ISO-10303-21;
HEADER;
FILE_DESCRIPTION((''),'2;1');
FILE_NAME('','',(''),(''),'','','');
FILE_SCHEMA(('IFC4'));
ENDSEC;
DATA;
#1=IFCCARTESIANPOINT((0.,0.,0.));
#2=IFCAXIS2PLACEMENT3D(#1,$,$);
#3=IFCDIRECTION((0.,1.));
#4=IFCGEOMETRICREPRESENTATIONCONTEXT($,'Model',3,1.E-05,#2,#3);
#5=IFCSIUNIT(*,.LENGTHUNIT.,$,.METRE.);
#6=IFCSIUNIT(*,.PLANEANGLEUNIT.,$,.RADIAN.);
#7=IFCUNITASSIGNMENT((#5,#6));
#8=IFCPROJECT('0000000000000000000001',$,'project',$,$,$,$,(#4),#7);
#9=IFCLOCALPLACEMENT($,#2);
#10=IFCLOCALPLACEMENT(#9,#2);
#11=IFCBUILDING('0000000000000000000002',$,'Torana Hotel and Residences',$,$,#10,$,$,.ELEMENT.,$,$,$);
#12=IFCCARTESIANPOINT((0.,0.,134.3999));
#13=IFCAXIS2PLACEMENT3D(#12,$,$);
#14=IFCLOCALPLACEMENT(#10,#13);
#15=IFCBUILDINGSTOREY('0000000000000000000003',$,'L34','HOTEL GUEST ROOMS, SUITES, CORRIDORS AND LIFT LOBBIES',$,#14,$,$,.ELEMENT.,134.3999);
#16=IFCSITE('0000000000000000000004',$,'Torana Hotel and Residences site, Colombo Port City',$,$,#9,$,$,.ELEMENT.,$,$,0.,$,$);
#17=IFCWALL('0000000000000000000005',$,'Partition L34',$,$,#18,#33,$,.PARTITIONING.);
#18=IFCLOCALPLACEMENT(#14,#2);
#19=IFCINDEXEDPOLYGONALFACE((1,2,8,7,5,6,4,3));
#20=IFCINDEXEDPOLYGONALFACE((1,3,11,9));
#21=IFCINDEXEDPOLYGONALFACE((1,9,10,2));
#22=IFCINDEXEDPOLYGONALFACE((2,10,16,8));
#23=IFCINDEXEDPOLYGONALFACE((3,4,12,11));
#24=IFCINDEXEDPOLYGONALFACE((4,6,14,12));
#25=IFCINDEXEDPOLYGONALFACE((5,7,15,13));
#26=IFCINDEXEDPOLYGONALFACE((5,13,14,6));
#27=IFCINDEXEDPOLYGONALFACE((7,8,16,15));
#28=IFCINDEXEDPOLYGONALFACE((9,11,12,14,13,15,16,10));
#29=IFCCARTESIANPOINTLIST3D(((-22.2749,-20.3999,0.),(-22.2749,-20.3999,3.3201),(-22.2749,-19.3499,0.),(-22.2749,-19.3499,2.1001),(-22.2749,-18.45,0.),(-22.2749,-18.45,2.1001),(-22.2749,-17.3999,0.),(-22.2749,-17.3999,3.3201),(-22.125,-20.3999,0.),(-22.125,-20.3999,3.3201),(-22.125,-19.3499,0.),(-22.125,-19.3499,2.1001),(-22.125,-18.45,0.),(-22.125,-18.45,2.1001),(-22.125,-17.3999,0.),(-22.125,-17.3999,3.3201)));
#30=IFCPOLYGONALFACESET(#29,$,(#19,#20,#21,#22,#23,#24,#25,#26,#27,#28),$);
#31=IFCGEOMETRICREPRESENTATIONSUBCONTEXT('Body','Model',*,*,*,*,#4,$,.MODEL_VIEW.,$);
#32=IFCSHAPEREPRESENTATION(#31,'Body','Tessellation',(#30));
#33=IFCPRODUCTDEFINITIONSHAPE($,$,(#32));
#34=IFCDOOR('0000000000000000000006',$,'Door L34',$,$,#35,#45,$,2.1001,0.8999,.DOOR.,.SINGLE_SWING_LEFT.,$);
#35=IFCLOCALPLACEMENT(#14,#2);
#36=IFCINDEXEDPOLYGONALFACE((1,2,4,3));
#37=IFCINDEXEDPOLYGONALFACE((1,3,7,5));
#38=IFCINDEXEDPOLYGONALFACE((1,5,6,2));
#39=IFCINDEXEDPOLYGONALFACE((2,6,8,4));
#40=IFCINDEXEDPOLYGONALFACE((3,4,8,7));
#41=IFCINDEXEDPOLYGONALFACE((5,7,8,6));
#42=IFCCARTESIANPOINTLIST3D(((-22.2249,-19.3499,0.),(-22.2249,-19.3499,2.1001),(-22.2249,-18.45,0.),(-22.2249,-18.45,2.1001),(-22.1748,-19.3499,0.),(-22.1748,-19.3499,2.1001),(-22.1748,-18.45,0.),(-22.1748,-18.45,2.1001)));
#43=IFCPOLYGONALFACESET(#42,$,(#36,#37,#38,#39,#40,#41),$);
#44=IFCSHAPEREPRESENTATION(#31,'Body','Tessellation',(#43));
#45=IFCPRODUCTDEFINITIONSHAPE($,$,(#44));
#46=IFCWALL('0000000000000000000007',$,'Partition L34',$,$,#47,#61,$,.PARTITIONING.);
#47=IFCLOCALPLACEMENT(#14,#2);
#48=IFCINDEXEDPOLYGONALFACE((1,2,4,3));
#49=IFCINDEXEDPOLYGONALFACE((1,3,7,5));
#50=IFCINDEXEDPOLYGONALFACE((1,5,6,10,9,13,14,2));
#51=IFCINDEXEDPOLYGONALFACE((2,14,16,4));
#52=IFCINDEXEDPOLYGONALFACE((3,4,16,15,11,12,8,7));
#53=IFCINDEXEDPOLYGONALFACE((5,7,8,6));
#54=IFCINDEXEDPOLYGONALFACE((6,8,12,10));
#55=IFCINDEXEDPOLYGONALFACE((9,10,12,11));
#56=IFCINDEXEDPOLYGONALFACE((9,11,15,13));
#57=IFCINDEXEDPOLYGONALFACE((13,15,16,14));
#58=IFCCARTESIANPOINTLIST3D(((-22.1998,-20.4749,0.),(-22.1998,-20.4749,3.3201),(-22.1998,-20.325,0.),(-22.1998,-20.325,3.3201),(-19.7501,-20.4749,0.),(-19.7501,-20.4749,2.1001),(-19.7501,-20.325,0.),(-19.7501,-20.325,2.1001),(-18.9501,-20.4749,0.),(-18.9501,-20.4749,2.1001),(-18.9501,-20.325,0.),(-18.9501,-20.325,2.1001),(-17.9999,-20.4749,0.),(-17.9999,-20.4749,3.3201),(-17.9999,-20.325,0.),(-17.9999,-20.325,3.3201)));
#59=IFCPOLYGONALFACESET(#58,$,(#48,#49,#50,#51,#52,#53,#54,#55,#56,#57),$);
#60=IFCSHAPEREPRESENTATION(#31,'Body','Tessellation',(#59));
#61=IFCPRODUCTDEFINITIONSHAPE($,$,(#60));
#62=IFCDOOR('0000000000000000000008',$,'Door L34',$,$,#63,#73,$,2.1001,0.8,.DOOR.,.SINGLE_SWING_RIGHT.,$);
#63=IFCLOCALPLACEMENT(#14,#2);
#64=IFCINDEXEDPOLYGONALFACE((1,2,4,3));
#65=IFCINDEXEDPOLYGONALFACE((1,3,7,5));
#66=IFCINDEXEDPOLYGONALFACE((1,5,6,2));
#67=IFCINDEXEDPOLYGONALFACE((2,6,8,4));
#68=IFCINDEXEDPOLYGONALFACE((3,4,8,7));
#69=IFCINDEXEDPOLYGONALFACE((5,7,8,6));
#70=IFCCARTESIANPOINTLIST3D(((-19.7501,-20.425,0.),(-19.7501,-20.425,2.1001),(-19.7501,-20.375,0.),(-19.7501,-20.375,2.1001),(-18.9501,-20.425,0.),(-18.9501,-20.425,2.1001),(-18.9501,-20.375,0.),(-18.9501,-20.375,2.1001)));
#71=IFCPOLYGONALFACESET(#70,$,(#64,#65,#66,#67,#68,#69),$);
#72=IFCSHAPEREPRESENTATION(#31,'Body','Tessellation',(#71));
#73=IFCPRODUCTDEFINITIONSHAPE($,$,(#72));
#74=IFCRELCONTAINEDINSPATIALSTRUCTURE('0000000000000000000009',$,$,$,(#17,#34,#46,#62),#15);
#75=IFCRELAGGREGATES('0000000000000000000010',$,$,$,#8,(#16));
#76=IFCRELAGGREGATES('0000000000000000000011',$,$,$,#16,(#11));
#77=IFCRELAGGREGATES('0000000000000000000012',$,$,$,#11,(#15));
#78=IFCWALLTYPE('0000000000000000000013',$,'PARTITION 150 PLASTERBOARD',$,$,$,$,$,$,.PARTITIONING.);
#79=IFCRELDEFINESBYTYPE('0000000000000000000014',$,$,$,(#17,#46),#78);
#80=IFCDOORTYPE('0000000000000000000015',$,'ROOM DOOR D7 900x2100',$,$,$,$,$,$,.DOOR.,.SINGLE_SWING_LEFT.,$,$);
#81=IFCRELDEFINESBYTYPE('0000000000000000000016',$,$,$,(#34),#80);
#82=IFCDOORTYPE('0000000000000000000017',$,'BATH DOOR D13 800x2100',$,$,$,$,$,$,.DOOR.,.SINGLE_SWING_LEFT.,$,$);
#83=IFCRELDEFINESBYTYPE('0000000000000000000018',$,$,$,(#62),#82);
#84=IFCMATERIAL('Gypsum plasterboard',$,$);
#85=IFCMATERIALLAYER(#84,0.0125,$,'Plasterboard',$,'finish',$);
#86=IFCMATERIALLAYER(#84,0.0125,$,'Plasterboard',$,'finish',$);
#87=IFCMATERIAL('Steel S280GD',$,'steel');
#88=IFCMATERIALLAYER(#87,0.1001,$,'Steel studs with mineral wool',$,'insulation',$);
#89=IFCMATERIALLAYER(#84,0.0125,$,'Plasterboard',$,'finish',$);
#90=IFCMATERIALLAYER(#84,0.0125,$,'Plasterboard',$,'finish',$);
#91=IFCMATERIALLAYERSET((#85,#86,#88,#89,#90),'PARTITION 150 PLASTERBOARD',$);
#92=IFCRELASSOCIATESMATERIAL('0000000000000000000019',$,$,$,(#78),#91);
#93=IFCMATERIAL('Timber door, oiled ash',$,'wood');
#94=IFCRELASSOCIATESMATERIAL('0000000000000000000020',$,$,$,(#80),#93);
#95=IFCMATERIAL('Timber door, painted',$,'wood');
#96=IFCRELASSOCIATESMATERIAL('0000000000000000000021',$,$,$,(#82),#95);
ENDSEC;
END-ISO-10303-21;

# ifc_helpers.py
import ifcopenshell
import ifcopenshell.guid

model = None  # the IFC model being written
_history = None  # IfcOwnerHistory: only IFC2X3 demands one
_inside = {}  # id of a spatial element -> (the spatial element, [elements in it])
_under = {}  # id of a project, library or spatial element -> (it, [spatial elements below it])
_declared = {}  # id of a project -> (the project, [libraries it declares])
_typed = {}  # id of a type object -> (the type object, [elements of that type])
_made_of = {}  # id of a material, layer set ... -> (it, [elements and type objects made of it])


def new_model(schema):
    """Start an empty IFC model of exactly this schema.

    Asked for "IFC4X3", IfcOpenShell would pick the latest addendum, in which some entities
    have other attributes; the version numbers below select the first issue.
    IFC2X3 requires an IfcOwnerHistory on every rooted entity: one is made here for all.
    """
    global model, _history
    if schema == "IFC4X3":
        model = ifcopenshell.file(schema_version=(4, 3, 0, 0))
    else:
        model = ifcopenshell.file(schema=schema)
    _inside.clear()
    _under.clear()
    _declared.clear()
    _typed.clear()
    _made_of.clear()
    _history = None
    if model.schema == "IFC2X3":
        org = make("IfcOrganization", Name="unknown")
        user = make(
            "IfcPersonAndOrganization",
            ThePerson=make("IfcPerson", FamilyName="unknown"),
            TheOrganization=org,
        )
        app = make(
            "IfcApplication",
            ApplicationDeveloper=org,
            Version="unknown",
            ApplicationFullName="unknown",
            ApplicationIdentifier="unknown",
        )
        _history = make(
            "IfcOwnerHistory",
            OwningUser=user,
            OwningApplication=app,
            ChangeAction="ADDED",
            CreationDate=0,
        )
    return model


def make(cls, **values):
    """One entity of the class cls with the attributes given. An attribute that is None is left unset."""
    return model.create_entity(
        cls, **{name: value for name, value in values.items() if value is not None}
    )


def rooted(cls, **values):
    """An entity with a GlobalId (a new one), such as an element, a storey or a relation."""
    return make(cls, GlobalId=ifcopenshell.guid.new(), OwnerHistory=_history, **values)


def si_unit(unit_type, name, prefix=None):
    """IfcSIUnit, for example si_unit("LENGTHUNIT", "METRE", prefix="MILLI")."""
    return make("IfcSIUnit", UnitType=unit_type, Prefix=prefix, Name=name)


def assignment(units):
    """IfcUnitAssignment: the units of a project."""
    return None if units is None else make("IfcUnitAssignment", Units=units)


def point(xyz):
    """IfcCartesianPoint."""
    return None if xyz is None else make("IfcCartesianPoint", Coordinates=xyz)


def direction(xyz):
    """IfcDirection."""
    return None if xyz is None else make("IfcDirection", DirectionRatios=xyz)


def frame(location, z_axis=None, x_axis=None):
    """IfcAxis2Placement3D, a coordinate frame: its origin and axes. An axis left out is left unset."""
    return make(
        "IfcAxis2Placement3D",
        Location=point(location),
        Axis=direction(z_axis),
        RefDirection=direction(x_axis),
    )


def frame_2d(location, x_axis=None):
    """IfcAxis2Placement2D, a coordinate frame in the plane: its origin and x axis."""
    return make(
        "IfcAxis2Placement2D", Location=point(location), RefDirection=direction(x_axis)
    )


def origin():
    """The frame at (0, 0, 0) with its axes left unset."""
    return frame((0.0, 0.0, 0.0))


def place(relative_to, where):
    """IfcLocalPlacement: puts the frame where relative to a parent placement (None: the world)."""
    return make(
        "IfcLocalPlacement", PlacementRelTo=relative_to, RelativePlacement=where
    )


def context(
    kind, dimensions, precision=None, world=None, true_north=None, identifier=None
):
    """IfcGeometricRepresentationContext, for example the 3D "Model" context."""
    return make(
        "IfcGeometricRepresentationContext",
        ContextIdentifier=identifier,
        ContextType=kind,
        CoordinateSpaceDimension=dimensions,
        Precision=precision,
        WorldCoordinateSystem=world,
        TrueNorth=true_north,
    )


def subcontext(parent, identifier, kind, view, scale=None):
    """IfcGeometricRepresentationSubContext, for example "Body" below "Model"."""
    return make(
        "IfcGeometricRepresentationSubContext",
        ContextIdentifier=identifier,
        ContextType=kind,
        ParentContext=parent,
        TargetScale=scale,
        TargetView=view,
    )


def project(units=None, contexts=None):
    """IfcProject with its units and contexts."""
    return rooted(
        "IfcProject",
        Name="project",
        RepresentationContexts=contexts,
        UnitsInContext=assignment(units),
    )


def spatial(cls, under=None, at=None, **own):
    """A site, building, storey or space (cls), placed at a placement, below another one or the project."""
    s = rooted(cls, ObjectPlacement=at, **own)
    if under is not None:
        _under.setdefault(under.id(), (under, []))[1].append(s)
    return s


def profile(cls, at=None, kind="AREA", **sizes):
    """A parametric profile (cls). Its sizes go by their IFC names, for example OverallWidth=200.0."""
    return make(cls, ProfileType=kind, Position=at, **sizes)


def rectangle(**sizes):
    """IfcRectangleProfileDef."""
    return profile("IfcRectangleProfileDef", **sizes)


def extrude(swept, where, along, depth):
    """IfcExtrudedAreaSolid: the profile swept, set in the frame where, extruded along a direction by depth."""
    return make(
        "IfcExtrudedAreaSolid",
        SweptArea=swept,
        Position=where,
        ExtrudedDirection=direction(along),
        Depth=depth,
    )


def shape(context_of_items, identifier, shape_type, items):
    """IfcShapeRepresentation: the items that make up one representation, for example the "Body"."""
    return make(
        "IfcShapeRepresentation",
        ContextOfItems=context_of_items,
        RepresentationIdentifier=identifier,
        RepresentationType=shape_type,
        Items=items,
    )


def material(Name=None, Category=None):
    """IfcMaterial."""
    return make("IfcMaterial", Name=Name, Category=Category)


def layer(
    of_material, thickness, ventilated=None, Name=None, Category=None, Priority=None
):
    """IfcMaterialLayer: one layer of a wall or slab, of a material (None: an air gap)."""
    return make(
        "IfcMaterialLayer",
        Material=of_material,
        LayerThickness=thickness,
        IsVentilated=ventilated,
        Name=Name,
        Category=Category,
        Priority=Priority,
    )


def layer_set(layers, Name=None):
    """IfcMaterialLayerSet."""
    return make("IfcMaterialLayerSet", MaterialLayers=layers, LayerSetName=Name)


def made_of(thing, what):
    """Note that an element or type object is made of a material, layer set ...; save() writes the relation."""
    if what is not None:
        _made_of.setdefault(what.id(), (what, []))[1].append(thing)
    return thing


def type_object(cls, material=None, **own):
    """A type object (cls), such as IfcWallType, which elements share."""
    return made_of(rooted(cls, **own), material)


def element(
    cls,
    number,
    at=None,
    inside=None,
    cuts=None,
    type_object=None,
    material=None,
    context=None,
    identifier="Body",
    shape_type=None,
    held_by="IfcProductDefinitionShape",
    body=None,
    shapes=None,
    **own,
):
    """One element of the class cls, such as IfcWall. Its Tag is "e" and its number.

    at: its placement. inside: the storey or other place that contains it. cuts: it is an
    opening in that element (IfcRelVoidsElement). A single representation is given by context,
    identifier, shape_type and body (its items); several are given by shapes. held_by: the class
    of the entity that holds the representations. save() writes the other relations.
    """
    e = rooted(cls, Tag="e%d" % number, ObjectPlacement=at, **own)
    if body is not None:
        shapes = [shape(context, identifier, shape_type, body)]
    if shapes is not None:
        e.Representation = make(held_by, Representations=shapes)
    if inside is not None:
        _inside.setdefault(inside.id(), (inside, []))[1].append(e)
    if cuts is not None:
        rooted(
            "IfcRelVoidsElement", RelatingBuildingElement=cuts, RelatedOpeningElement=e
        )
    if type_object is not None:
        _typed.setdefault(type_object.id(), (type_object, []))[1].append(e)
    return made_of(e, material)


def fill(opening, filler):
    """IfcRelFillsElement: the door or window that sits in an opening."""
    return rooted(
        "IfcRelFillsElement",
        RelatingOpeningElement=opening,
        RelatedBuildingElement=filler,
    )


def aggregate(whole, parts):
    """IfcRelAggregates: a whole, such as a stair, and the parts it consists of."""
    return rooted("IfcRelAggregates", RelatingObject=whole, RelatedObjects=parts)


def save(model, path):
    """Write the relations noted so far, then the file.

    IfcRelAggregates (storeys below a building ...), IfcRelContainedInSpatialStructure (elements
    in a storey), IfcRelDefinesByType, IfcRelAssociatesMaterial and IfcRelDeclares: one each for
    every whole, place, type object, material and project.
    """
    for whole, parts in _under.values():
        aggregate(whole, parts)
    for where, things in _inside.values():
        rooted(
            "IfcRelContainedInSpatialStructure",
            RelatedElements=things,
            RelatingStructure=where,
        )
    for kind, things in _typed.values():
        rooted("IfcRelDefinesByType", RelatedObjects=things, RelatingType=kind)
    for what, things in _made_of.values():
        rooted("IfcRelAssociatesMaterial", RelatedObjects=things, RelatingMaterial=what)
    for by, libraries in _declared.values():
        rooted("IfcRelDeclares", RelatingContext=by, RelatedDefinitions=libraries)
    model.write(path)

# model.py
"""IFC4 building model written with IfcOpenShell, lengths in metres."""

from ifc_helpers import new_model, si_unit, direction, frame, frame_2d, origin, place, context, subcontext, project, spatial, rectangle, extrude, material, layer, layer_set, type_object, element, fill, save


model = new_model("IFC4")

# Units and contexts
model_context = context("Model", 3, precision=1e-05, world=origin(), true_north=direction((0.0, 1.0)))
body_context = subcontext(model_context, "Body", "Model", "MODEL_VIEW")
ifc_project = project(units=[si_unit("LENGTHUNIT", "METRE"), si_unit("PLANEANGLEUNIT", "RADIAN")], contexts=[model_context])

# Site, building, storey
site_placement = place(None, origin())
site = spatial("IfcSite", under=ifc_project, at=site_placement, Name="Torana Hotel and Residences site, Colombo Port City", CompositionType="ELEMENT", RefElevation=0.0)
building_placement = place(site_placement, origin())
building = spatial("IfcBuilding", under=site, at=building_placement, Name="Torana Hotel and Residences", CompositionType="ELEMENT")
storey_placement = place(building_placement, frame((0.0, 0.0, 134.3999)))
storey = spatial("IfcBuildingStorey", under=building, at=storey_placement, Name="L34", Description="HOTEL GUEST ROOMS, SUITES, CORRIDORS AND LIFT LOBBIES", CompositionType="ELEMENT", Elevation=134.3999)

# Shared definitions
ifc_material_1 = material(Name="Gypsum plasterboard")
ifc_layer_1 = layer(ifc_material_1, 0.0125, Name="Plasterboard", Category="finish")
ifc_layer_2 = layer(ifc_material_1, 0.0125, Name="Plasterboard", Category="finish")
ifc_material_2 = material(Name="Steel S280GD", Category="steel")
ifc_layer_3 = layer(ifc_material_2, 0.1001, Name="Steel studs with mineral wool", Category="insulation")
ifc_layer_4 = layer(ifc_material_1, 0.0125, Name="Plasterboard", Category="finish")
ifc_layer_5 = layer(ifc_material_1, 0.0125, Name="Plasterboard", Category="finish")
ifc_layer_set_1 = layer_set([ifc_layer_1, ifc_layer_2, ifc_layer_3, ifc_layer_4, ifc_layer_5], Name="PARTITION 150 PLASTERBOARD")
wall_type_1 = type_object("IfcWallType", Name="PARTITION 150 PLASTERBOARD", PredefinedType="PARTITIONING", material=ifc_layer_set_1)

# Walls, openings, doors
wall_1_placement = place(storey_placement, frame((-22.2, -20.3999, 0.0), z_axis=(0.0, 0.0, 1.0), x_axis=(0.0, 1.0, 0.0)))
wall_1 = element("IfcWall", 1, at=wall_1_placement, inside=storey, type_object=wall_type_1, Name="Partition L34", PredefinedType="PARTITIONING", context=body_context, shape_type="SweptSolid", body=[
    extrude(rectangle(XDim=3.0, YDim=0.1499, at=frame_2d((1.5, 0.0))), origin(), (0.0, 0.0, 1.0), 3.3201),
])
opening_1_placement = place(wall_1_placement, frame((1.05, 0.0, 0.0)))
opening_1 = element("IfcOpeningElement", 2, at=opening_1_placement, cuts=wall_1, PredefinedType="OPENING", context=body_context, shape_type="SweptSolid", body=[
    extrude(rectangle(XDim=0.8999, YDim=2.1001, at=frame_2d((0.45, 1.05))), frame((0.0, 0.085, 0.0), z_axis=(0.0, -1.0, 0.0), x_axis=(1.0, 0.0, 0.0)), (0.0, 0.0, 1.0), 0.1699),
])
ifc_material_3 = material(Name="Timber door, oiled ash", Category="wood")
door_type_1 = type_object("IfcDoorType", Name="ROOM DOOR D7 900x2100", OperationType="SINGLE_SWING_LEFT", PredefinedType="DOOR", material=ifc_material_3)
door_1_placement = place(opening_1_placement, origin())
door_1 = element("IfcDoor", 3, at=door_1_placement, inside=storey, type_object=door_type_1, Name="Door L34", OperationType="SINGLE_SWING_LEFT", OverallHeight=2.1001, OverallWidth=0.8999, PredefinedType="DOOR", context=body_context, shape_type="SweptSolid", body=[
    extrude(rectangle(XDim=0.8999, YDim=2.1001, at=frame_2d((0.45, 1.05))), frame((0.0, 0.0249, 0.0), z_axis=(0.0, -1.0, 0.0), x_axis=(1.0, 0.0, 0.0)), (0.0, 0.0, 1.0), 0.05),
])
fill(opening_1, door_1)
wall_2_placement = place(storey_placement, frame((-22.2, -20.3999, 0.0), z_axis=(0.0, 0.0, 1.0), x_axis=(1.0, 0.0, 0.0)))
wall_2 = element("IfcWall", 4, at=wall_2_placement, inside=storey, type_object=wall_type_1, Name="Partition L34", PredefinedType="PARTITIONING", context=body_context, shape_type="SweptSolid", body=[
    extrude(rectangle(XDim=4.2, YDim=0.1499, at=frame_2d((2.1001, 0.0))), origin(), (0.0, 0.0, 1.0), 3.3201),
])
opening_2_placement = place(wall_2_placement, frame((2.45, 0.0, 0.0)))
opening_2 = element("IfcOpeningElement", 5, at=opening_2_placement, cuts=wall_2, PredefinedType="OPENING", context=body_context, shape_type="SweptSolid", body=[
    extrude(rectangle(XDim=0.8, YDim=2.1001, at=frame_2d((0.3999, 1.05))), frame((0.0, 0.085, 0.0), z_axis=(0.0, -1.0, 0.0), x_axis=(1.0, 0.0, 0.0)), (0.0, 0.0, 1.0), 0.1699),
])
ifc_material_4 = material(Name="Timber door, painted", Category="wood")
door_type_2 = type_object("IfcDoorType", Name="BATH DOOR D13 800x2100", OperationType="SINGLE_SWING_LEFT", PredefinedType="DOOR", material=ifc_material_4)
door_2_placement = place(opening_2_placement, origin())
door_2 = element("IfcDoor", 6, at=door_2_placement, inside=storey, type_object=door_type_2, Name="Door L34", OperationType="SINGLE_SWING_RIGHT", OverallHeight=2.1001, OverallWidth=0.8, PredefinedType="DOOR", context=body_context, shape_type="SweptSolid", body=[
    extrude(rectangle(XDim=0.8, YDim=2.1001, at=frame_2d((0.3999, 1.05))), frame((0.0, 0.0249, 0.0), z_axis=(0.0, -1.0, 0.0), x_axis=(1.0, 0.0, 0.0)), (0.0, 0.0, 1.0), 0.05),
])
fill(opening_2, door_2)

save(model, "model.ifc")
